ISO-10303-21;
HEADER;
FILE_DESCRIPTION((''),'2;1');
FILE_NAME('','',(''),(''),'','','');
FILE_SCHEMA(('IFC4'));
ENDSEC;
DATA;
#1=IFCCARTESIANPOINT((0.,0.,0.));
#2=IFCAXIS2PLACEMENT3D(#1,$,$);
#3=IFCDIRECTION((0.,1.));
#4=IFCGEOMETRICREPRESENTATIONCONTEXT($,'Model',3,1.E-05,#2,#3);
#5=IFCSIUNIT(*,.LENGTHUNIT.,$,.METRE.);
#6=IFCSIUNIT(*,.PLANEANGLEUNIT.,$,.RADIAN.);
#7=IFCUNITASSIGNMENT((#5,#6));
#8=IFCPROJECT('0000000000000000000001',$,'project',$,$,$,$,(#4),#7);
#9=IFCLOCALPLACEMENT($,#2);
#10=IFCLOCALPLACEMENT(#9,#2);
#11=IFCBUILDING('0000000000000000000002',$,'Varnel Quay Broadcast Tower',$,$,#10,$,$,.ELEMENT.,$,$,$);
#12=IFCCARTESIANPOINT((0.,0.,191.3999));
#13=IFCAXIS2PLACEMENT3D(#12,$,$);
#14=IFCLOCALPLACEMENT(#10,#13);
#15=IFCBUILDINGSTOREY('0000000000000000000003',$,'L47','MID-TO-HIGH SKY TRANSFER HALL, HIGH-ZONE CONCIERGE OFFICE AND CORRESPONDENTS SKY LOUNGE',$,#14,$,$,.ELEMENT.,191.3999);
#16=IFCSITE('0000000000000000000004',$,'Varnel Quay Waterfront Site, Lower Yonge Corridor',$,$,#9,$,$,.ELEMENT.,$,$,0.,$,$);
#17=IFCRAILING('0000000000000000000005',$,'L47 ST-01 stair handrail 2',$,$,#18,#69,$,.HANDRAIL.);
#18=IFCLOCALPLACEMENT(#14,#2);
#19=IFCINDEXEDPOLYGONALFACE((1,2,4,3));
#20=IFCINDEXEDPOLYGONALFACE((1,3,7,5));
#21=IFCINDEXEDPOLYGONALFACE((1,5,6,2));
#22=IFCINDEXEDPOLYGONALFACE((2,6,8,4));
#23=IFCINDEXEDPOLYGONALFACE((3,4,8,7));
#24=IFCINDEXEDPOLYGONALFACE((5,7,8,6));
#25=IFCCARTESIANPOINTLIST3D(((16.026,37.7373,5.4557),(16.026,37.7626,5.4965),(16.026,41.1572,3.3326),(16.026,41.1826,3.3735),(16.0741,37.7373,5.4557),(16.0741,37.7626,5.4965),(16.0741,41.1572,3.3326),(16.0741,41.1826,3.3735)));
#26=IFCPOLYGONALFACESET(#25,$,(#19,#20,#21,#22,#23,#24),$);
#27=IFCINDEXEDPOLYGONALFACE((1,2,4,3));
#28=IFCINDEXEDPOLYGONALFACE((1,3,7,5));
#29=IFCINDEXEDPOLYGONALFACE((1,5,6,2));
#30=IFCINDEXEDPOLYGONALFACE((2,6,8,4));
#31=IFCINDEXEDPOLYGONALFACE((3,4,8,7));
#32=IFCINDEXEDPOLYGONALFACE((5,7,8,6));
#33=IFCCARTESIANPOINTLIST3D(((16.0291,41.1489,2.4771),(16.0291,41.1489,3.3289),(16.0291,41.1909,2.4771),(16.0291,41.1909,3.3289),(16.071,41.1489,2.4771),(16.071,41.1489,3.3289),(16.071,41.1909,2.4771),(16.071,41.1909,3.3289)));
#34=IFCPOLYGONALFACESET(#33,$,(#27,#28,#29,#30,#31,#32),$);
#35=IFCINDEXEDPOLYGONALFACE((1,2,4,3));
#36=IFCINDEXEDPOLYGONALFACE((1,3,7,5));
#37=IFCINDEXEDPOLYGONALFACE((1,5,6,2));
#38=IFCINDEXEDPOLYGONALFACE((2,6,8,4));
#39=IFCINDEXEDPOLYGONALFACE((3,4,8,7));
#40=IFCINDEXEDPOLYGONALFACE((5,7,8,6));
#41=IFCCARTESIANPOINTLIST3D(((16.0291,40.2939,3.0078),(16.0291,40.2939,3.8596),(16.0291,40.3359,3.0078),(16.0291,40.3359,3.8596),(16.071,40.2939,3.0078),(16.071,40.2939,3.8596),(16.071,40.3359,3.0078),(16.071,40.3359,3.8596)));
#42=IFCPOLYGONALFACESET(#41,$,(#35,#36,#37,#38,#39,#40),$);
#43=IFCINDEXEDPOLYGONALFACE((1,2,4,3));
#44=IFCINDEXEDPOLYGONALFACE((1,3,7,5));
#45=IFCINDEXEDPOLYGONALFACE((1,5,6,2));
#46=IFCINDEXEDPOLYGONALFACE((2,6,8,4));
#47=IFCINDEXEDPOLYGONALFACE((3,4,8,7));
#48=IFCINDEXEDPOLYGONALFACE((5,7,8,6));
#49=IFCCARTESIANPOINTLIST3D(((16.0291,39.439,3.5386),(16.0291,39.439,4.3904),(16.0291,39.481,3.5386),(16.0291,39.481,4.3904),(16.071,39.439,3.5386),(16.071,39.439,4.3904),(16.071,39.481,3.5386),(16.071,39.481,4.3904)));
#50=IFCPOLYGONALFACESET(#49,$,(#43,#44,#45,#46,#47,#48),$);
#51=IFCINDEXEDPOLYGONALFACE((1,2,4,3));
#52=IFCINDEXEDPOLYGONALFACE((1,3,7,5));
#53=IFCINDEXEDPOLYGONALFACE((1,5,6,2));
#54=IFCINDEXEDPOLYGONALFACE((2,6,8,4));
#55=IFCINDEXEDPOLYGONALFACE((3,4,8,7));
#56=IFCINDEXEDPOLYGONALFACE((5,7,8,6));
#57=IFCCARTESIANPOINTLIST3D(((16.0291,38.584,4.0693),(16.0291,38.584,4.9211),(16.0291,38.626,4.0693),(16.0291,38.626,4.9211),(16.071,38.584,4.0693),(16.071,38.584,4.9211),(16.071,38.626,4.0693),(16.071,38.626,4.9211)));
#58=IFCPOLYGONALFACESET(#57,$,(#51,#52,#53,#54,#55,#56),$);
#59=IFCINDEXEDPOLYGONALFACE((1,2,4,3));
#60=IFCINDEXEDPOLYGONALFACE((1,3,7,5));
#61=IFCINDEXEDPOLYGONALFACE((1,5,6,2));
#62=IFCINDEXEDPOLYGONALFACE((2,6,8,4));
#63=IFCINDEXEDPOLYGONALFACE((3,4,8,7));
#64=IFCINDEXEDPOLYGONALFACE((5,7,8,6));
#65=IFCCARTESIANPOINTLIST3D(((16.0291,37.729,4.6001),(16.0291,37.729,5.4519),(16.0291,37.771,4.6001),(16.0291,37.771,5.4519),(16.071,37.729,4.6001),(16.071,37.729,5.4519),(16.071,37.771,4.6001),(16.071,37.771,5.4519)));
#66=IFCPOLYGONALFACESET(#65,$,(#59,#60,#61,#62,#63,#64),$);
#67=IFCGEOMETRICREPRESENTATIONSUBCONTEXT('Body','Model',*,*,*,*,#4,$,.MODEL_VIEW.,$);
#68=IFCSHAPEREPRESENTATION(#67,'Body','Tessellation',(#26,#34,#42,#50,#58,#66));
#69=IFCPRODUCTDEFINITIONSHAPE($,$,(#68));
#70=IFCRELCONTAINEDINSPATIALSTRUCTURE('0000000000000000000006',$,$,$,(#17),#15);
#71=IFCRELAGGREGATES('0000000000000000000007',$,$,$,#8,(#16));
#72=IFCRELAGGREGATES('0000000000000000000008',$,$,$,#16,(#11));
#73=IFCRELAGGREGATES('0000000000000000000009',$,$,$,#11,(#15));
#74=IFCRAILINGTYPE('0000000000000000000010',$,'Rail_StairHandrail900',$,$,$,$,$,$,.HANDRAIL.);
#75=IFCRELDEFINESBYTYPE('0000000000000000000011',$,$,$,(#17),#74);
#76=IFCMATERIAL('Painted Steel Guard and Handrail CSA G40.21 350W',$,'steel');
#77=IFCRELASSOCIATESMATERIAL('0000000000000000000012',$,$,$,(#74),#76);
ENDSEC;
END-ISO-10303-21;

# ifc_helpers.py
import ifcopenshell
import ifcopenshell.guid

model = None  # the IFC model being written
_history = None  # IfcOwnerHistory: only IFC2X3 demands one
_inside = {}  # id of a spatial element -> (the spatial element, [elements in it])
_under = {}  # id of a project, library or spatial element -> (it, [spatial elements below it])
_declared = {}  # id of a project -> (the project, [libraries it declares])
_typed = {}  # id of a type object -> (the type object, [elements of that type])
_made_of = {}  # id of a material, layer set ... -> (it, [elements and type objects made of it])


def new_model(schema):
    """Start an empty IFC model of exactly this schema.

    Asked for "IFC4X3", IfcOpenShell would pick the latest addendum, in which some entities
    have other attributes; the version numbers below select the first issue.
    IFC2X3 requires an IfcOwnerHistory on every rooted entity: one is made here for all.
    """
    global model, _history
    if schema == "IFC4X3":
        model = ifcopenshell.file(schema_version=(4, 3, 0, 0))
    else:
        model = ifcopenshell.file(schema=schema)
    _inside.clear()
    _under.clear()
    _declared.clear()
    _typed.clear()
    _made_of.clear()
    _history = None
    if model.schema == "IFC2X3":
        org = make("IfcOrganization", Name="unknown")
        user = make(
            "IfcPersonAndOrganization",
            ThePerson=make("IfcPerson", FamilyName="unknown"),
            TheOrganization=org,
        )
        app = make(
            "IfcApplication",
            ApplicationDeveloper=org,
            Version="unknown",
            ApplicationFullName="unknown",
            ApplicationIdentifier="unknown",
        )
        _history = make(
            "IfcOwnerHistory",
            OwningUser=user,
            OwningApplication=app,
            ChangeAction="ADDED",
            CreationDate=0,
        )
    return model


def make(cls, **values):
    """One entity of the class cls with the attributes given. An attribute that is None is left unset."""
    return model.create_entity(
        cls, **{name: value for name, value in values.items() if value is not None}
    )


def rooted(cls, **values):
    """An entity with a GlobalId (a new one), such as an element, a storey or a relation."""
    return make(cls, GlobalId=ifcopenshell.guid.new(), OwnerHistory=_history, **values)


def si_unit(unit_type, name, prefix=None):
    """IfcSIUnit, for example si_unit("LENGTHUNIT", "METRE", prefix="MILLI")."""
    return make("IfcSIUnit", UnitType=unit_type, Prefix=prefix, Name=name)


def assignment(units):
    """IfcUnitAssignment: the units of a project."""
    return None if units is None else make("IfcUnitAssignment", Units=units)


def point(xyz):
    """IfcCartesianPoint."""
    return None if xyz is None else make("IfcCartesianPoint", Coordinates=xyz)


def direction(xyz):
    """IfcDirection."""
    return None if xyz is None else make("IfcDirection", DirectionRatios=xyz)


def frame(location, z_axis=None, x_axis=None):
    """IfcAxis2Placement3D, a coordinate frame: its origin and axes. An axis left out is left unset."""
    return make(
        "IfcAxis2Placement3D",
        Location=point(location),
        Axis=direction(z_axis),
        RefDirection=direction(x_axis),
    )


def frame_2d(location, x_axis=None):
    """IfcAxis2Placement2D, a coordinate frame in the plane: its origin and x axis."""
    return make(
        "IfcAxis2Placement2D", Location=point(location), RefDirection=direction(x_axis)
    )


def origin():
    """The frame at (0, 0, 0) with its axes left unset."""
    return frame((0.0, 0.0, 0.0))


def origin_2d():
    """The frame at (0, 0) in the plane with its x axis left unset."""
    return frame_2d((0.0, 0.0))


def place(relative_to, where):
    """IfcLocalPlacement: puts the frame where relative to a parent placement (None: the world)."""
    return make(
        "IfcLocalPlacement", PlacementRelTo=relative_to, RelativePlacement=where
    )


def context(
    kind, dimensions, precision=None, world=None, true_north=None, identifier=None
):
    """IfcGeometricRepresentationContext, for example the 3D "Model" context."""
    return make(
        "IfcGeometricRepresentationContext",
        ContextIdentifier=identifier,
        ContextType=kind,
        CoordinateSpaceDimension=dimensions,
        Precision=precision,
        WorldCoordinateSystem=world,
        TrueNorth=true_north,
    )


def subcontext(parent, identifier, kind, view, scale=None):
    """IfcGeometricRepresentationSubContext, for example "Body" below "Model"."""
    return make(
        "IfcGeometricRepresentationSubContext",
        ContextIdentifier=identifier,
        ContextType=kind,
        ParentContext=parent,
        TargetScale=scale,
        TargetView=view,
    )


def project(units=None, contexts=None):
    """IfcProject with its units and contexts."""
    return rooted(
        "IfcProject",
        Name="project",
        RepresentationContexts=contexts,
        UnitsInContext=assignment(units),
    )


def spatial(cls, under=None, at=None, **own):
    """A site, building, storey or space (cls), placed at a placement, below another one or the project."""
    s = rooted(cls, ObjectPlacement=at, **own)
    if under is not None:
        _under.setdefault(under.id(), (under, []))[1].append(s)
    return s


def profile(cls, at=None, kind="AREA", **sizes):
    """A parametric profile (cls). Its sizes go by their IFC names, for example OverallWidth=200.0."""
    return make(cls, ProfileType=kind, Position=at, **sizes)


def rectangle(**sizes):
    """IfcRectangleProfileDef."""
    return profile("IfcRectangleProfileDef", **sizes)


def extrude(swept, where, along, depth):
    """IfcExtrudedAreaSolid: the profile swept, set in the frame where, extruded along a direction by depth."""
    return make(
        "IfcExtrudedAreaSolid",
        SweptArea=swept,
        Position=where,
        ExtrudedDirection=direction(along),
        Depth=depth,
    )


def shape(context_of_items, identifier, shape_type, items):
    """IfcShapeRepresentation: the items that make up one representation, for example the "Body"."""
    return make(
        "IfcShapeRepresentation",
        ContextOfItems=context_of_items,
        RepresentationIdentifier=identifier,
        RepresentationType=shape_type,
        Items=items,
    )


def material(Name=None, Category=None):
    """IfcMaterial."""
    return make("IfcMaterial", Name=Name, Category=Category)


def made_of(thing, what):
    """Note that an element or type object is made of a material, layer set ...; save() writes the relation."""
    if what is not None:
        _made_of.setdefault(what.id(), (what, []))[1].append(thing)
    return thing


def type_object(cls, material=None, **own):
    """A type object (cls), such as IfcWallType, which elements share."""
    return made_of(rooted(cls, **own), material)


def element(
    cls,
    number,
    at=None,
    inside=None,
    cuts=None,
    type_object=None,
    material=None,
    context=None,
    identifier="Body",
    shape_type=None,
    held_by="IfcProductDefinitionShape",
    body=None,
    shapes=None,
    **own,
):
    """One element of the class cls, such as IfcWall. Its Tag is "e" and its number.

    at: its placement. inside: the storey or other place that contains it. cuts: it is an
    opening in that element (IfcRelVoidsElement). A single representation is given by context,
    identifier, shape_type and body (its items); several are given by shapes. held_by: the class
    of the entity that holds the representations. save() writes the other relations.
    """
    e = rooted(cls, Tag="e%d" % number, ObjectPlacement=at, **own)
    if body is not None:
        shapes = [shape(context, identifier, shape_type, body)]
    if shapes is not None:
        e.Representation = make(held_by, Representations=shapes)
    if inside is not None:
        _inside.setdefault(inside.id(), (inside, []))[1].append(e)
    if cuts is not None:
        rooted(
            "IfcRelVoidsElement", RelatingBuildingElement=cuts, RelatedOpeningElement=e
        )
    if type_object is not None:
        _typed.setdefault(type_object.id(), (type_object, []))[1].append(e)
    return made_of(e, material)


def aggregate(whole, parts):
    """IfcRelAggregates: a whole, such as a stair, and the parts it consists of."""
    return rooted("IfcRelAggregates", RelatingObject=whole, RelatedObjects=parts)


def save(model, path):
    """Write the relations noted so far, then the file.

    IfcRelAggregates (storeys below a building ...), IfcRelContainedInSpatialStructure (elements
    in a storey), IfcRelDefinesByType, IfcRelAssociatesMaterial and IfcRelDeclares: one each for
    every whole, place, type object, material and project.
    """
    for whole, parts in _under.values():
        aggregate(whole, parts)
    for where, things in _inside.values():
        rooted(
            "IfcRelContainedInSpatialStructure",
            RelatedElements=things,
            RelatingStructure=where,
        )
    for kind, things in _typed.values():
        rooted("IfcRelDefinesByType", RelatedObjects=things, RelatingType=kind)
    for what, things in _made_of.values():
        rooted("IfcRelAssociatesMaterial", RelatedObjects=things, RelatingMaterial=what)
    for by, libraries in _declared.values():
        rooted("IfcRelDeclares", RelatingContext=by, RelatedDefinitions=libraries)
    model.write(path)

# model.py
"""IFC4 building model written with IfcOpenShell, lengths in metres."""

from ifc_helpers import new_model, si_unit, direction, frame, origin, origin_2d, place, context, subcontext, project, spatial, rectangle, extrude, material, type_object, element, save


model = new_model("IFC4")

# Units and contexts
model_context = context("Model", 3, precision=1e-05, world=origin(), true_north=direction((0.0, 1.0)))
body_context = subcontext(model_context, "Body", "Model", "MODEL_VIEW")
ifc_project = project(units=[si_unit("LENGTHUNIT", "METRE"), si_unit("PLANEANGLEUNIT", "RADIAN")], contexts=[model_context])

# Site, building, storey
site_placement = place(None, origin())
site = spatial("IfcSite", under=ifc_project, at=site_placement, Name="Varnel Quay Waterfront Site, Lower Yonge Corridor", CompositionType="ELEMENT", RefElevation=0.0)
building_placement = place(site_placement, origin())
building = spatial("IfcBuilding", under=site, at=building_placement, Name="Varnel Quay Broadcast Tower", CompositionType="ELEMENT")
storey_placement = place(building_placement, frame((0.0, 0.0, 191.3999)))
storey = spatial("IfcBuildingStorey", under=building, at=storey_placement, Name="L47", Description="MID-TO-HIGH SKY TRANSFER HALL, HIGH-ZONE CONCIERGE OFFICE AND CORRESPONDENTS SKY LOUNGE", CompositionType="ELEMENT", Elevation=191.3999)

# Railing
ifc_material_1 = material(Name="Painted Steel Guard and Handrail CSA G40.21 350W", Category="steel")
railing_type = type_object("IfcRailingType", Name="Rail_StairHandrail900", PredefinedType="HANDRAIL", material=ifc_material_1)
railing_placement = place(storey_placement, frame((16.05, 41.1699, 2.4771)))
element("IfcRailing", 1, at=railing_placement, inside=storey, type_object=railing_type, Name="L47 ST-01 stair handrail 2", PredefinedType="HANDRAIL", context=body_context, shape_type="SweptSolid", body=[
    extrude(rectangle(XDim=0.0481, YDim=0.0481, at=origin_2d()), frame((0.0, 0.0, 0.876), z_axis=(0.0, -0.849603, 0.527423), x_axis=(1.0, 0.0, 0.0)), (0.0, 0.0, 1.0), 4.0254),
    extrude(rectangle(XDim=0.042, YDim=0.042, at=origin_2d()), origin(), (0.0, 0.0, 1.0), 0.8518),
    extrude(rectangle(XDim=0.042, YDim=0.042, at=origin_2d()), frame((0.0, -0.855, 0.5308)), (0.0, 0.0, 1.0), 0.8518),
    extrude(rectangle(XDim=0.042, YDim=0.042, at=origin_2d()), frame((0.0, -1.71, 1.0615)), (0.0, 0.0, 1.0), 0.8518),
    extrude(rectangle(XDim=0.042, YDim=0.042, at=origin_2d()), frame((0.0, -2.5649, 1.5923)), (0.0, 0.0, 1.0), 0.8518),
    extrude(rectangle(XDim=0.042, YDim=0.042, at=origin_2d()), frame((0.0, -3.4199, 2.123)), (0.0, 0.0, 1.0), 0.8518),
])

save(model, "model.ifc")
